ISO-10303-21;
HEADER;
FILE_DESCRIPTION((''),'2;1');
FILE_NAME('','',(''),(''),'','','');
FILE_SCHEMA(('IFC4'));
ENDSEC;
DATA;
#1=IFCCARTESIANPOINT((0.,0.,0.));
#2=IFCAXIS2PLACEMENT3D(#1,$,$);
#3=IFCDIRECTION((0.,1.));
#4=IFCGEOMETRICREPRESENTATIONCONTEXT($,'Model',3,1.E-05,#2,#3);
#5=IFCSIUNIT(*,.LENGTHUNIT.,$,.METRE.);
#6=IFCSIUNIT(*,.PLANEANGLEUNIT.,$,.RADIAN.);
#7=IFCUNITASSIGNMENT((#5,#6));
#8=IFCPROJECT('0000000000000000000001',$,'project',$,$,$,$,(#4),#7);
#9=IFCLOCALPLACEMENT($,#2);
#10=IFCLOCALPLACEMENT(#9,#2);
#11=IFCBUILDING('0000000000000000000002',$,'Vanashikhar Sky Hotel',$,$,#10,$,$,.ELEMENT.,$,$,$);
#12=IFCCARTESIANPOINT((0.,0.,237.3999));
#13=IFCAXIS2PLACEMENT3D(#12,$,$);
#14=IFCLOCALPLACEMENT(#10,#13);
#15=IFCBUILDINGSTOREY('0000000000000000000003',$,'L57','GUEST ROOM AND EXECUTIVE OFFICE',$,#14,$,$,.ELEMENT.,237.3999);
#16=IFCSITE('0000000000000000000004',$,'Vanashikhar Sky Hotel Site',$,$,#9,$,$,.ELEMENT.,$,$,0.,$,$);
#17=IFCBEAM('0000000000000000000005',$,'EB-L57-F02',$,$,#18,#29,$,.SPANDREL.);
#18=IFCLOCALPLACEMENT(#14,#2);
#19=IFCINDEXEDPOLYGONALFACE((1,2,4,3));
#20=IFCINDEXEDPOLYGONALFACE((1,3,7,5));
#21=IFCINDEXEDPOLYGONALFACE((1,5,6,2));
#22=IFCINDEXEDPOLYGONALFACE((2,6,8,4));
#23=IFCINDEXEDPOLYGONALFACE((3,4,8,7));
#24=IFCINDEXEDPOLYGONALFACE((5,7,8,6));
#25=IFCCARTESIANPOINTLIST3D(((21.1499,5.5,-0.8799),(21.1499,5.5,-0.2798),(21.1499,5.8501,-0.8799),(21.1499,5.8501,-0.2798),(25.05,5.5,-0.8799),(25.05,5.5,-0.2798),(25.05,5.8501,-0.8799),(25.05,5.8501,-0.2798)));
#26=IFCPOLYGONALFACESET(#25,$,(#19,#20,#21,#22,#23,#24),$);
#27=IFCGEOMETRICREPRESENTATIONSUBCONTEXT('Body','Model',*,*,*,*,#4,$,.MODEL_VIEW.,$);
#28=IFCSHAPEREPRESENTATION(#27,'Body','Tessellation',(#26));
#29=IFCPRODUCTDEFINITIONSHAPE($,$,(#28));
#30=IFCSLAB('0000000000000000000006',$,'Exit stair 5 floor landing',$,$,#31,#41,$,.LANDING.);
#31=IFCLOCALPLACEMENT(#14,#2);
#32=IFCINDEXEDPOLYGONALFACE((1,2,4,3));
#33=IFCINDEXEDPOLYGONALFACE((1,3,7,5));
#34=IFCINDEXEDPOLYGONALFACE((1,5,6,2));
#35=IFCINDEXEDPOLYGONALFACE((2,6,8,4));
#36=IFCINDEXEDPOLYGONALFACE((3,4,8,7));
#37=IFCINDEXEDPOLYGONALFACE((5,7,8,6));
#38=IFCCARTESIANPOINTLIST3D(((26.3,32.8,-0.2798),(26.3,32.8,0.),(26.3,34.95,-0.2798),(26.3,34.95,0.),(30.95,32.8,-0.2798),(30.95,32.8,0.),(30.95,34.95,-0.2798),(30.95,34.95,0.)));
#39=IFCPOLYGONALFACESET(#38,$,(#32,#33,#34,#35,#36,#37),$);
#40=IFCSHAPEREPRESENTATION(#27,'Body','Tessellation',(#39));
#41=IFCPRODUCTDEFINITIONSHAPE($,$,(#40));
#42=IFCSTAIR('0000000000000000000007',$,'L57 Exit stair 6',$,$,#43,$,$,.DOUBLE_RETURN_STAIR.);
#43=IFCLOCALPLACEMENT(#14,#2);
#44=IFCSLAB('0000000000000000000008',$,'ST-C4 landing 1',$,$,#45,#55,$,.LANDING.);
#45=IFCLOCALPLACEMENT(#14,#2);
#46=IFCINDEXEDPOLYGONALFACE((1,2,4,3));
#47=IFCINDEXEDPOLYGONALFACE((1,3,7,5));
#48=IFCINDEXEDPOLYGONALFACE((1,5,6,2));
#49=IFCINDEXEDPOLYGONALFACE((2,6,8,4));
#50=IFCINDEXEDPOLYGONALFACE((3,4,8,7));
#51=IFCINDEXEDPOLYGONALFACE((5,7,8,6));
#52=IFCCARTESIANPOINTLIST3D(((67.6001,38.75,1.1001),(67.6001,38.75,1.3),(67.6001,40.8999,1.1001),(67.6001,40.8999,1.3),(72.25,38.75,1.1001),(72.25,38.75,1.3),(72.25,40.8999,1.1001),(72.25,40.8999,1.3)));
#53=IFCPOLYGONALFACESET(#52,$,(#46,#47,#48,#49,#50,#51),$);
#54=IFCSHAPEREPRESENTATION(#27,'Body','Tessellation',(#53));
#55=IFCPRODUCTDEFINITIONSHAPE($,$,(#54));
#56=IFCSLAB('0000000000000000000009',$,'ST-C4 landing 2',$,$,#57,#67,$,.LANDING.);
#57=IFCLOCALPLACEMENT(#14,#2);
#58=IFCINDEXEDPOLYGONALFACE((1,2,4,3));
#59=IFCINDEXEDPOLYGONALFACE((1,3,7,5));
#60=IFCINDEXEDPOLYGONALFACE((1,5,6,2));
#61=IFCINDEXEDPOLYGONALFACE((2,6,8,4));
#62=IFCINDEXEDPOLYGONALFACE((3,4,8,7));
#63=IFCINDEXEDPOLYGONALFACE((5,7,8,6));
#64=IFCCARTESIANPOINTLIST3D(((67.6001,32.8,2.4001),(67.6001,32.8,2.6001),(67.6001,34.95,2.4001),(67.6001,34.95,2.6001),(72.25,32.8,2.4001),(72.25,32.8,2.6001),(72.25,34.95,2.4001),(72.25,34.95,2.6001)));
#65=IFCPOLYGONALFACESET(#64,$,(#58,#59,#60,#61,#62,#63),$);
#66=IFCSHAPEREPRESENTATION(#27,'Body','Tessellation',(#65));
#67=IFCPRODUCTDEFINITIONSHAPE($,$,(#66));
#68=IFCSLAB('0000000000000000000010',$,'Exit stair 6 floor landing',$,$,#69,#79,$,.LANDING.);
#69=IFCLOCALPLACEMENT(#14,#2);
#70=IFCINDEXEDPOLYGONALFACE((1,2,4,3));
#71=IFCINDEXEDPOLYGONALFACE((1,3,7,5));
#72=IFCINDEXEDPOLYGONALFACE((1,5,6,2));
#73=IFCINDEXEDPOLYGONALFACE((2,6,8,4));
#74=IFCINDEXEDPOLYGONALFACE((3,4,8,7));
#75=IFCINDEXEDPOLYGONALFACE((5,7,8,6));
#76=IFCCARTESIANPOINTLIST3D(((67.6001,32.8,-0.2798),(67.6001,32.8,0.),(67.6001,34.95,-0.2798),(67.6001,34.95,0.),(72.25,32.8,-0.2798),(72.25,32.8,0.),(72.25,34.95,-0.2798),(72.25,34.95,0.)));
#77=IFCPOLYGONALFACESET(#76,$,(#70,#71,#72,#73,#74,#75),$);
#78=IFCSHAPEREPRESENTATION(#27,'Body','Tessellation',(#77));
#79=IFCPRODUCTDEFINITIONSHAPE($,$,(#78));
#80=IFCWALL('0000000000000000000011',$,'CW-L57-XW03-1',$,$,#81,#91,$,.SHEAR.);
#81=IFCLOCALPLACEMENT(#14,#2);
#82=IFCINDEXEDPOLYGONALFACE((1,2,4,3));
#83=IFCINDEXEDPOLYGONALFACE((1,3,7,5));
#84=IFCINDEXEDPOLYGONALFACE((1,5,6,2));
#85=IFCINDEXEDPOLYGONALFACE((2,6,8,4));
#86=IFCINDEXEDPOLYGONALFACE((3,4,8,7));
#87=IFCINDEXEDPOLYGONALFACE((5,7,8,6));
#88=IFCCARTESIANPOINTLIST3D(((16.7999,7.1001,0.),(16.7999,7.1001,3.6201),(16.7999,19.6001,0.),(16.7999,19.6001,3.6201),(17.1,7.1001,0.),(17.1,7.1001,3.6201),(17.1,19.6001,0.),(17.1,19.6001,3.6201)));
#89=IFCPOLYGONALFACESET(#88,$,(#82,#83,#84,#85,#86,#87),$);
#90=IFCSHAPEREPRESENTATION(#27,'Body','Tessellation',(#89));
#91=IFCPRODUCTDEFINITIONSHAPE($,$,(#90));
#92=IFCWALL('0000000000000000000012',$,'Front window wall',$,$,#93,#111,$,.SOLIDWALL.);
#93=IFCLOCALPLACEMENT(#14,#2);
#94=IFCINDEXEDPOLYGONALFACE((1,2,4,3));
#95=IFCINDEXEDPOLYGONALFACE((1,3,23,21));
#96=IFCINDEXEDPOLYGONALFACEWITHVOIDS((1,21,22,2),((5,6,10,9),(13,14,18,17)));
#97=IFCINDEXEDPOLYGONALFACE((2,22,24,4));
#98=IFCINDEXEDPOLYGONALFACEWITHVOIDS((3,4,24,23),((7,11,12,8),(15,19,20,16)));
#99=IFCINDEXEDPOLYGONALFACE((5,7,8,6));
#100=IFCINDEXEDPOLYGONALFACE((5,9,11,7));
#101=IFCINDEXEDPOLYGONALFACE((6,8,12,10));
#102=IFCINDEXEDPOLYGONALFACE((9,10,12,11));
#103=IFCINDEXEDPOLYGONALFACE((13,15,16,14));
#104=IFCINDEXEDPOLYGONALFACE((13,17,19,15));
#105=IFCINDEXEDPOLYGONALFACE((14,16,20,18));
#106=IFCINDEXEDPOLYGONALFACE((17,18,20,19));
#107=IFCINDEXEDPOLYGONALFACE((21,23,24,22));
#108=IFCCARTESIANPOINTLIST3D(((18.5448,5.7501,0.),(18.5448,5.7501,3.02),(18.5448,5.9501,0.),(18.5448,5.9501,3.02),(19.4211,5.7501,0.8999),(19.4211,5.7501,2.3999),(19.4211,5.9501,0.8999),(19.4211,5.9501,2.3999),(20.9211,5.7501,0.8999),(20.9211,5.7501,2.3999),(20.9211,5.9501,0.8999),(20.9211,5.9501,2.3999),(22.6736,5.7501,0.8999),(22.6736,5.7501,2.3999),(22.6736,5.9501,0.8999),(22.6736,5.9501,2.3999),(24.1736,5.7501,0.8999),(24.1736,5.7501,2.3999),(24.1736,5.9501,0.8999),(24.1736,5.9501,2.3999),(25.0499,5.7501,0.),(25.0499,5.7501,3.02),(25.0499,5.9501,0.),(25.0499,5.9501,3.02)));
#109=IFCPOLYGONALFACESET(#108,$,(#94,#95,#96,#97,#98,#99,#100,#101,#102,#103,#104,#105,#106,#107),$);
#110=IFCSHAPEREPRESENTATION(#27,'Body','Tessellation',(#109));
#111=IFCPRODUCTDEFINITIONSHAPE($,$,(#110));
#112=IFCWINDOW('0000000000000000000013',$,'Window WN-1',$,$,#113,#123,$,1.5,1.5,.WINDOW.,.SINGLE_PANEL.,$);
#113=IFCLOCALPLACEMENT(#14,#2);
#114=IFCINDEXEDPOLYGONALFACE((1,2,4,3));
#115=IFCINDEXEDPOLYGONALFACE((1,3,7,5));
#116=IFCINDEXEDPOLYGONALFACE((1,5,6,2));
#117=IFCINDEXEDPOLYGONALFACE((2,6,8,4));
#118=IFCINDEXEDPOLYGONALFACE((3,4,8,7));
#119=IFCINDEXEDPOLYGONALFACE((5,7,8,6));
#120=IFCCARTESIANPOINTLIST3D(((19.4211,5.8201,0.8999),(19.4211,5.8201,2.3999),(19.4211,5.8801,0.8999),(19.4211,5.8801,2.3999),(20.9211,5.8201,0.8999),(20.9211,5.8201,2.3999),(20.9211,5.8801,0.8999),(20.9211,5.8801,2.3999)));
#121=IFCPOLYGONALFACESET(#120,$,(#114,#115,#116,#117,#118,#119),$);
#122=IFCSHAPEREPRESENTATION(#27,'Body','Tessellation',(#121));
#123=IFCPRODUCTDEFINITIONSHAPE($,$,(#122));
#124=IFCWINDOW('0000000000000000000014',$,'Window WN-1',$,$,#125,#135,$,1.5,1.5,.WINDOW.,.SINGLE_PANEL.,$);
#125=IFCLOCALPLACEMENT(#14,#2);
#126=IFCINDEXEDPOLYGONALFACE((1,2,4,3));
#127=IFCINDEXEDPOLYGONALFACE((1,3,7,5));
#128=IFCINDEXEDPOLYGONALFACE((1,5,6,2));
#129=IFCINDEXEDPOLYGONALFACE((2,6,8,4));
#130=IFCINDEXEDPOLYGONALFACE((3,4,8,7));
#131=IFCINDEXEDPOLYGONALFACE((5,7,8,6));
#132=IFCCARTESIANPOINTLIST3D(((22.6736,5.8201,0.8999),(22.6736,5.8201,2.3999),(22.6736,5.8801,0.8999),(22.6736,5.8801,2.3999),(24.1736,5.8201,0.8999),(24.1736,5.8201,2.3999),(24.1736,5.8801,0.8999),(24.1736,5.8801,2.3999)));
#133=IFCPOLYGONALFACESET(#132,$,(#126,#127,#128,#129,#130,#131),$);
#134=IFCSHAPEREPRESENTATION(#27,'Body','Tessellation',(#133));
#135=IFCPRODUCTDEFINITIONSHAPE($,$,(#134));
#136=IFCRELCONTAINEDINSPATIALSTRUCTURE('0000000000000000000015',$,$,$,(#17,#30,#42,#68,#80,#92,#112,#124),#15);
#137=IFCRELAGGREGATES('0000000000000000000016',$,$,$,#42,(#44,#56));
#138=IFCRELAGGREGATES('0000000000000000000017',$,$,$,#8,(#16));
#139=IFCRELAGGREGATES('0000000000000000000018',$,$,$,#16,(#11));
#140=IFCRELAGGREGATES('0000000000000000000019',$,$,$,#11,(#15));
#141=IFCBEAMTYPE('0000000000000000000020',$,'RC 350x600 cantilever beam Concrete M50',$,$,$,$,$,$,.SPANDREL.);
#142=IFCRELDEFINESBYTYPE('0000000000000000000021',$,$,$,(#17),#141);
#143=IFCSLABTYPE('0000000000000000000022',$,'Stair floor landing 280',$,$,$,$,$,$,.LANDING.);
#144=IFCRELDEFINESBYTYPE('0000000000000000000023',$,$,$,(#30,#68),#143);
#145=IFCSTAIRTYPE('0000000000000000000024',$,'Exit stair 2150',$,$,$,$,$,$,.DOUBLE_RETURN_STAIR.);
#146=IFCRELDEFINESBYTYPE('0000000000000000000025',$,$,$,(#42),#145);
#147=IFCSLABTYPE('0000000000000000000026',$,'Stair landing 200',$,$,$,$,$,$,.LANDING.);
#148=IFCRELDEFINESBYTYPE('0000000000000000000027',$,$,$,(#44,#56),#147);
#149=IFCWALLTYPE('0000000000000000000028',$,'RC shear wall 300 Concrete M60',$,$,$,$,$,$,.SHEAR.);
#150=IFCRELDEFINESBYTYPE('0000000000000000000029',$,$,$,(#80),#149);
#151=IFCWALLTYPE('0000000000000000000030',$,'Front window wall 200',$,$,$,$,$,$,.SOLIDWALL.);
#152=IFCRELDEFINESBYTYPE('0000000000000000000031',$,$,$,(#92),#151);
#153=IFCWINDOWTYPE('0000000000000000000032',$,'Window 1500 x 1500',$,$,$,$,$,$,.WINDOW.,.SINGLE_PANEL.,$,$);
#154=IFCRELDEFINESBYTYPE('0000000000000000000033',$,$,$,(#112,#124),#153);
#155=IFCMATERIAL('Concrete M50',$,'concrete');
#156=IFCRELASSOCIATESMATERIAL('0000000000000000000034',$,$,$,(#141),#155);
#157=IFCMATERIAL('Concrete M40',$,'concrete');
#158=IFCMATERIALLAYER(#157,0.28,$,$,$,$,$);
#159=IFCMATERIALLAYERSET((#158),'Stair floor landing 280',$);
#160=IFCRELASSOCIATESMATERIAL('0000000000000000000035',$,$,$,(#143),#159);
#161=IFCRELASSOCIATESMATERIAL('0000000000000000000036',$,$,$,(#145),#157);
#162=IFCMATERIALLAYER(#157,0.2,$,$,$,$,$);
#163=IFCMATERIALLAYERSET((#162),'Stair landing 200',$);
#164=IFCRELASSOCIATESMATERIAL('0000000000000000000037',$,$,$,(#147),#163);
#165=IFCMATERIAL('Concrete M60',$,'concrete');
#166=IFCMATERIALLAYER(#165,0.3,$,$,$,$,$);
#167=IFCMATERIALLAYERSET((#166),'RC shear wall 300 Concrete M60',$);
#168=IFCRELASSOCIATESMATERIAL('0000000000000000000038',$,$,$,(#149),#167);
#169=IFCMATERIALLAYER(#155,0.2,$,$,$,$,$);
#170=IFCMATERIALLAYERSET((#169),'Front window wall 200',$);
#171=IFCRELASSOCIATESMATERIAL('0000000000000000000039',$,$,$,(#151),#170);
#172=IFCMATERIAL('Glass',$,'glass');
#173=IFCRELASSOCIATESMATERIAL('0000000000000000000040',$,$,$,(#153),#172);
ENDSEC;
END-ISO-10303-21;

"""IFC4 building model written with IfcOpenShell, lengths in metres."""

from ifc_helpers import new_model, si_unit, direction, frame, frame_2d, origin, origin_2d, place, context, subcontext, project, spatial, polyline, rectangle, outline, extrude, source, transform, mapped, material, layer, layer_set, material_profile, profile_set, type_object, element, fill, aggregate, save


model = new_model("IFC4")

# Units and contexts
model_context = context("Model", 3, precision=1e-05, world=origin(), true_north=direction((0.0, 1.0)))
body_context = subcontext(model_context, "Body", "Model", "MODEL_VIEW")
ifc_project = project(units=[si_unit("LENGTHUNIT", "METRE"), si_unit("PLANEANGLEUNIT", "RADIAN")], contexts=[model_context])

# Site, building, storey
site_placement = place(None, origin())
site = spatial("IfcSite", under=ifc_project, at=site_placement, Name="Vanashikhar Sky Hotel Site", CompositionType="ELEMENT", RefElevation=0.0)
building_placement = place(site_placement, origin())
building = spatial("IfcBuilding", under=site, at=building_placement, Name="Vanashikhar Sky Hotel", CompositionType="ELEMENT")
storey_placement = place(building_placement, frame((0.0, 0.0, 237.3999)))
storey = spatial("IfcBuildingStorey", under=building, at=storey_placement, Name="L57", Description="GUEST ROOM AND EXECUTIVE OFFICE", CompositionType="ELEMENT", Elevation=237.3999)

# Beam
ifc_material_1 = material(Name="Concrete M50", Category="concrete")
ifc_material_profile = material_profile(ifc_material_1, rectangle(XDim=0.3501, YDim=0.6001, at=origin_2d()))
ifc_profile_set = profile_set([ifc_material_profile], Name="RC 350x600 cantilever beam Concrete M50")
beam_type = type_object("IfcBeamType", Name="RC 350x600 cantilever beam Concrete M50", PredefinedType="SPANDREL", material=ifc_profile_set)
shared_shape_1 = source(origin(), body_context, "Body", "SweptSolid", [
    extrude(rectangle(XDim=0.3501, YDim=0.6001, at=origin_2d()), origin(), (0.0, 0.0, 1.0), 3.9001),
])
beam_placement = place(storey_placement, frame((21.1499, 5.675, -0.5798), z_axis=(1.0, 0.0, 0.0), x_axis=(0.0, 1.0, 0.0)))
element("IfcBeam", 1, at=beam_placement, inside=storey, type_object=beam_type, Name="EB-L57-F02", PredefinedType="SPANDREL", context=body_context, shape_type="MappedRepresentation", body=[
    mapped(shared_shape_1, transform((0.0, 0.0, 0.0), scale=1.0)),
])

# Slab
ifc_material_2 = material(Name="Concrete M40", Category="concrete")
ifc_layer_1 = layer(ifc_material_2, 0.28)
ifc_layer_set_1 = layer_set([ifc_layer_1], Name="Stair floor landing 280")
slab_type_1 = type_object("IfcSlabType", Name="Stair floor landing 280", PredefinedType="LANDING", material=ifc_layer_set_1)
shared_shape_2 = source(origin(), body_context, "Body", "SweptSolid", [
    extrude(outline(polyline([(30.95, 32.8), (30.95, 34.95), (26.3, 34.95), (26.3, 32.8), (30.95, 32.8)])), origin(), (0.0, 0.0, 1.0), 0.2798),
])
slab_1_placement = place(storey_placement, frame((0.0, 0.0, -0.2798)))
element("IfcSlab", 2, at=slab_1_placement, inside=storey, type_object=slab_type_1, Name="Exit stair 5 floor landing", PredefinedType="LANDING", context=body_context, shape_type="MappedRepresentation", body=[
    mapped(shared_shape_2, transform((0.0, 0.0, 0.0), scale=1.0)),
])

# Stair, slabs
stair_type = type_object("IfcStairType", Name="Exit stair 2150", PredefinedType="DOUBLE_RETURN_STAIR", material=ifc_material_2)
stair_placement = place(storey_placement, origin())
stair = element("IfcStair", 3, at=stair_placement, inside=storey, type_object=stair_type, Name="L57 Exit stair 6", PredefinedType="DOUBLE_RETURN_STAIR")
ifc_layer_2 = layer(ifc_material_2, 0.2)
ifc_layer_set_2 = layer_set([ifc_layer_2], Name="Stair landing 200")
slab_type_2 = type_object("IfcSlabType", Name="Stair landing 200", PredefinedType="LANDING", material=ifc_layer_set_2)
shared_shape_3 = source(origin(), body_context, "Body", "SweptSolid", [
    extrude(outline(polyline([(72.25, 38.75), (72.25, 40.8999), (67.6001, 40.8999), (67.6001, 38.75), (72.25, 38.75)])), origin(), (0.0, 0.0, 1.0), 0.2),
])
slab_2_placement = place(storey_placement, frame((0.0, 0.0, 1.1001)))
slab_2 = element("IfcSlab", 4, at=slab_2_placement, type_object=slab_type_2, Name="ST-C4 landing 1", PredefinedType="LANDING", context=body_context, shape_type="MappedRepresentation", body=[
    mapped(shared_shape_3, transform((0.0, 0.0, 0.0), scale=1.0)),
])
shared_shape_4 = source(origin(), body_context, "Body", "SweptSolid", [
    extrude(outline(polyline([(72.25, 32.8), (72.25, 34.95), (67.6001, 34.95), (67.6001, 32.8), (72.25, 32.8)])), origin(), (0.0, 0.0, 1.0), 0.2),
])
slab_3_placement = place(storey_placement, frame((0.0, 0.0, 2.4001)))
slab_3 = element("IfcSlab", 5, at=slab_3_placement, type_object=slab_type_2, Name="ST-C4 landing 2", PredefinedType="LANDING", context=body_context, shape_type="MappedRepresentation", body=[
    mapped(shared_shape_4, transform((0.0, 0.0, 0.0), scale=1.0)),
])
aggregate(stair, [slab_2, slab_3])

# Slab
shared_shape_5 = source(origin(), body_context, "Body", "SweptSolid", [
    extrude(outline(polyline([(72.25, 32.8), (72.25, 34.95), (67.6001, 34.95), (67.6001, 32.8), (72.25, 32.8)])), origin(), (0.0, 0.0, 1.0), 0.2798),
])
slab_4_placement = place(storey_placement, frame((0.0, 0.0, -0.2798)))
element("IfcSlab", 6, at=slab_4_placement, inside=storey, type_object=slab_type_1, Name="Exit stair 6 floor landing", PredefinedType="LANDING", context=body_context, shape_type="MappedRepresentation", body=[
    mapped(shared_shape_5, transform((0.0, 0.0, 0.0), scale=1.0)),
])

# Wall
ifc_material_3 = material(Name="Concrete M60", Category="concrete")
ifc_layer_3 = layer(ifc_material_3, 0.3)
ifc_layer_set_3 = layer_set([ifc_layer_3], Name="RC shear wall 300 Concrete M60")
wall_type_1 = type_object("IfcWallType", Name="RC shear wall 300 Concrete M60", PredefinedType="SHEAR", material=ifc_layer_set_3)
shared_shape_6 = source(origin(), body_context, "Body", "SweptSolid", [
    extrude(rectangle(XDim=12.5, YDim=0.3, at=frame_2d((6.25, 0.0))), origin(), (0.0, 0.0, 1.0), 3.6201),
])
wall_1_placement = place(storey_placement, frame((16.95, 7.1001, 0.0), z_axis=(0.0, 0.0, 1.0), x_axis=(0.0, 1.0, 0.0)))
element("IfcWall", 7, at=wall_1_placement, inside=storey, type_object=wall_type_1, Name="CW-L57-XW03-1", PredefinedType="SHEAR", context=body_context, shape_type="MappedRepresentation", body=[
    mapped(shared_shape_6, transform((0.0, 0.0, 0.0), scale=1.0)),
])

# Wall, openings, windows
ifc_layer_4 = layer(ifc_material_1, 0.2)
ifc_layer_set_4 = layer_set([ifc_layer_4], Name="Front window wall 200")
wall_type_2 = type_object("IfcWallType", Name="Front window wall 200", PredefinedType="SOLIDWALL", material=ifc_layer_set_4)
shared_shape_7 = source(origin(), body_context, "Body", "SweptSolid", [
    extrude(rectangle(XDim=6.5051, YDim=0.2, at=frame_2d((3.2524, 0.0))), origin(), (0.0, 0.0, 1.0), 3.02),
])
wall_2_placement = place(storey_placement, frame((18.5449, 5.8501, 0.0), z_axis=(0.0, 0.0, 1.0), x_axis=(1.0, 0.0, 0.0)))
wall_2 = element("IfcWall", 8, at=wall_2_placement, inside=storey, type_object=wall_type_2, Name="Front window wall", PredefinedType="SOLIDWALL", context=body_context, shape_type="MappedRepresentation", body=[
    mapped(shared_shape_7, transform((0.0, 0.0, 0.0), scale=1.0)),
])
shared_shape_8 = source(origin(), body_context, "Body", "SweptSolid", [
    extrude(rectangle(XDim=1.5, YDim=1.5, at=frame_2d((0.75, 0.75))), frame((0.0, 0.1099, 0.0), z_axis=(0.0, -1.0, 0.0), x_axis=(1.0, 0.0, 0.0)), (0.0, 0.0, 1.0), 0.22),
])
opening_1_placement = place(wall_2_placement, frame((0.8762, 0.0, 0.8999)))
opening_1 = element("IfcOpeningElement", 9, at=opening_1_placement, cuts=wall_2, PredefinedType="OPENING", context=body_context, shape_type="MappedRepresentation", body=[
    mapped(shared_shape_8, transform((0.0, 0.0, 0.0), scale=1.0)),
])
opening_2_placement = place(wall_2_placement, frame((4.1287, 0.0, 0.8999)))
opening_2 = element("IfcOpeningElement", 10, at=opening_2_placement, cuts=wall_2, PredefinedType="OPENING", context=body_context, shape_type="MappedRepresentation", body=[
    mapped(shared_shape_8, transform((0.0, 0.0, 0.0), scale=1.0)),
])
ifc_material_4 = material(Name="Glass", Category="glass")
window_type_1 = type_object("IfcWindowType", Name="Window 1500 x 1500", PartitioningType="SINGLE_PANEL", PredefinedType="WINDOW", material=ifc_material_4)
shared_shape_9 = source(origin(), body_context, "Body", "SweptSolid", [
    extrude(rectangle(XDim=1.5, YDim=1.5, at=frame_2d((0.75, 0.75))), frame((0.0, 0.03, 0.0), z_axis=(0.0, -1.0, 0.0), x_axis=(1.0, 0.0, 0.0)), (0.0, 0.0, 1.0), 0.0601),
])
window_1_placement = place(opening_1_placement, origin())
window_1 = element("IfcWindow", 11, at=window_1_placement, inside=storey, type_object=window_type_1, Name="Window WN-1", OverallHeight=1.5, OverallWidth=1.5, PartitioningType="SINGLE_PANEL", PredefinedType="WINDOW", context=body_context, shape_type="MappedRepresentation", body=[
    mapped(shared_shape_9, transform((0.0, 0.0, 0.0), scale=1.0)),
])
fill(opening_1, window_1)
window_2_placement = place(opening_2_placement, origin())
window_2 = element("IfcWindow", 12, at=window_2_placement, inside=storey, type_object=window_type_1, Name="Window WN-1", OverallHeight=1.5, OverallWidth=1.5, PartitioningType="SINGLE_PANEL", PredefinedType="WINDOW", context=body_context, shape_type="MappedRepresentation", body=[
    mapped(shared_shape_9, transform((0.0, 0.0, 0.0), scale=1.0)),
])
fill(opening_2, window_2)

save(model, "model.ifc")
